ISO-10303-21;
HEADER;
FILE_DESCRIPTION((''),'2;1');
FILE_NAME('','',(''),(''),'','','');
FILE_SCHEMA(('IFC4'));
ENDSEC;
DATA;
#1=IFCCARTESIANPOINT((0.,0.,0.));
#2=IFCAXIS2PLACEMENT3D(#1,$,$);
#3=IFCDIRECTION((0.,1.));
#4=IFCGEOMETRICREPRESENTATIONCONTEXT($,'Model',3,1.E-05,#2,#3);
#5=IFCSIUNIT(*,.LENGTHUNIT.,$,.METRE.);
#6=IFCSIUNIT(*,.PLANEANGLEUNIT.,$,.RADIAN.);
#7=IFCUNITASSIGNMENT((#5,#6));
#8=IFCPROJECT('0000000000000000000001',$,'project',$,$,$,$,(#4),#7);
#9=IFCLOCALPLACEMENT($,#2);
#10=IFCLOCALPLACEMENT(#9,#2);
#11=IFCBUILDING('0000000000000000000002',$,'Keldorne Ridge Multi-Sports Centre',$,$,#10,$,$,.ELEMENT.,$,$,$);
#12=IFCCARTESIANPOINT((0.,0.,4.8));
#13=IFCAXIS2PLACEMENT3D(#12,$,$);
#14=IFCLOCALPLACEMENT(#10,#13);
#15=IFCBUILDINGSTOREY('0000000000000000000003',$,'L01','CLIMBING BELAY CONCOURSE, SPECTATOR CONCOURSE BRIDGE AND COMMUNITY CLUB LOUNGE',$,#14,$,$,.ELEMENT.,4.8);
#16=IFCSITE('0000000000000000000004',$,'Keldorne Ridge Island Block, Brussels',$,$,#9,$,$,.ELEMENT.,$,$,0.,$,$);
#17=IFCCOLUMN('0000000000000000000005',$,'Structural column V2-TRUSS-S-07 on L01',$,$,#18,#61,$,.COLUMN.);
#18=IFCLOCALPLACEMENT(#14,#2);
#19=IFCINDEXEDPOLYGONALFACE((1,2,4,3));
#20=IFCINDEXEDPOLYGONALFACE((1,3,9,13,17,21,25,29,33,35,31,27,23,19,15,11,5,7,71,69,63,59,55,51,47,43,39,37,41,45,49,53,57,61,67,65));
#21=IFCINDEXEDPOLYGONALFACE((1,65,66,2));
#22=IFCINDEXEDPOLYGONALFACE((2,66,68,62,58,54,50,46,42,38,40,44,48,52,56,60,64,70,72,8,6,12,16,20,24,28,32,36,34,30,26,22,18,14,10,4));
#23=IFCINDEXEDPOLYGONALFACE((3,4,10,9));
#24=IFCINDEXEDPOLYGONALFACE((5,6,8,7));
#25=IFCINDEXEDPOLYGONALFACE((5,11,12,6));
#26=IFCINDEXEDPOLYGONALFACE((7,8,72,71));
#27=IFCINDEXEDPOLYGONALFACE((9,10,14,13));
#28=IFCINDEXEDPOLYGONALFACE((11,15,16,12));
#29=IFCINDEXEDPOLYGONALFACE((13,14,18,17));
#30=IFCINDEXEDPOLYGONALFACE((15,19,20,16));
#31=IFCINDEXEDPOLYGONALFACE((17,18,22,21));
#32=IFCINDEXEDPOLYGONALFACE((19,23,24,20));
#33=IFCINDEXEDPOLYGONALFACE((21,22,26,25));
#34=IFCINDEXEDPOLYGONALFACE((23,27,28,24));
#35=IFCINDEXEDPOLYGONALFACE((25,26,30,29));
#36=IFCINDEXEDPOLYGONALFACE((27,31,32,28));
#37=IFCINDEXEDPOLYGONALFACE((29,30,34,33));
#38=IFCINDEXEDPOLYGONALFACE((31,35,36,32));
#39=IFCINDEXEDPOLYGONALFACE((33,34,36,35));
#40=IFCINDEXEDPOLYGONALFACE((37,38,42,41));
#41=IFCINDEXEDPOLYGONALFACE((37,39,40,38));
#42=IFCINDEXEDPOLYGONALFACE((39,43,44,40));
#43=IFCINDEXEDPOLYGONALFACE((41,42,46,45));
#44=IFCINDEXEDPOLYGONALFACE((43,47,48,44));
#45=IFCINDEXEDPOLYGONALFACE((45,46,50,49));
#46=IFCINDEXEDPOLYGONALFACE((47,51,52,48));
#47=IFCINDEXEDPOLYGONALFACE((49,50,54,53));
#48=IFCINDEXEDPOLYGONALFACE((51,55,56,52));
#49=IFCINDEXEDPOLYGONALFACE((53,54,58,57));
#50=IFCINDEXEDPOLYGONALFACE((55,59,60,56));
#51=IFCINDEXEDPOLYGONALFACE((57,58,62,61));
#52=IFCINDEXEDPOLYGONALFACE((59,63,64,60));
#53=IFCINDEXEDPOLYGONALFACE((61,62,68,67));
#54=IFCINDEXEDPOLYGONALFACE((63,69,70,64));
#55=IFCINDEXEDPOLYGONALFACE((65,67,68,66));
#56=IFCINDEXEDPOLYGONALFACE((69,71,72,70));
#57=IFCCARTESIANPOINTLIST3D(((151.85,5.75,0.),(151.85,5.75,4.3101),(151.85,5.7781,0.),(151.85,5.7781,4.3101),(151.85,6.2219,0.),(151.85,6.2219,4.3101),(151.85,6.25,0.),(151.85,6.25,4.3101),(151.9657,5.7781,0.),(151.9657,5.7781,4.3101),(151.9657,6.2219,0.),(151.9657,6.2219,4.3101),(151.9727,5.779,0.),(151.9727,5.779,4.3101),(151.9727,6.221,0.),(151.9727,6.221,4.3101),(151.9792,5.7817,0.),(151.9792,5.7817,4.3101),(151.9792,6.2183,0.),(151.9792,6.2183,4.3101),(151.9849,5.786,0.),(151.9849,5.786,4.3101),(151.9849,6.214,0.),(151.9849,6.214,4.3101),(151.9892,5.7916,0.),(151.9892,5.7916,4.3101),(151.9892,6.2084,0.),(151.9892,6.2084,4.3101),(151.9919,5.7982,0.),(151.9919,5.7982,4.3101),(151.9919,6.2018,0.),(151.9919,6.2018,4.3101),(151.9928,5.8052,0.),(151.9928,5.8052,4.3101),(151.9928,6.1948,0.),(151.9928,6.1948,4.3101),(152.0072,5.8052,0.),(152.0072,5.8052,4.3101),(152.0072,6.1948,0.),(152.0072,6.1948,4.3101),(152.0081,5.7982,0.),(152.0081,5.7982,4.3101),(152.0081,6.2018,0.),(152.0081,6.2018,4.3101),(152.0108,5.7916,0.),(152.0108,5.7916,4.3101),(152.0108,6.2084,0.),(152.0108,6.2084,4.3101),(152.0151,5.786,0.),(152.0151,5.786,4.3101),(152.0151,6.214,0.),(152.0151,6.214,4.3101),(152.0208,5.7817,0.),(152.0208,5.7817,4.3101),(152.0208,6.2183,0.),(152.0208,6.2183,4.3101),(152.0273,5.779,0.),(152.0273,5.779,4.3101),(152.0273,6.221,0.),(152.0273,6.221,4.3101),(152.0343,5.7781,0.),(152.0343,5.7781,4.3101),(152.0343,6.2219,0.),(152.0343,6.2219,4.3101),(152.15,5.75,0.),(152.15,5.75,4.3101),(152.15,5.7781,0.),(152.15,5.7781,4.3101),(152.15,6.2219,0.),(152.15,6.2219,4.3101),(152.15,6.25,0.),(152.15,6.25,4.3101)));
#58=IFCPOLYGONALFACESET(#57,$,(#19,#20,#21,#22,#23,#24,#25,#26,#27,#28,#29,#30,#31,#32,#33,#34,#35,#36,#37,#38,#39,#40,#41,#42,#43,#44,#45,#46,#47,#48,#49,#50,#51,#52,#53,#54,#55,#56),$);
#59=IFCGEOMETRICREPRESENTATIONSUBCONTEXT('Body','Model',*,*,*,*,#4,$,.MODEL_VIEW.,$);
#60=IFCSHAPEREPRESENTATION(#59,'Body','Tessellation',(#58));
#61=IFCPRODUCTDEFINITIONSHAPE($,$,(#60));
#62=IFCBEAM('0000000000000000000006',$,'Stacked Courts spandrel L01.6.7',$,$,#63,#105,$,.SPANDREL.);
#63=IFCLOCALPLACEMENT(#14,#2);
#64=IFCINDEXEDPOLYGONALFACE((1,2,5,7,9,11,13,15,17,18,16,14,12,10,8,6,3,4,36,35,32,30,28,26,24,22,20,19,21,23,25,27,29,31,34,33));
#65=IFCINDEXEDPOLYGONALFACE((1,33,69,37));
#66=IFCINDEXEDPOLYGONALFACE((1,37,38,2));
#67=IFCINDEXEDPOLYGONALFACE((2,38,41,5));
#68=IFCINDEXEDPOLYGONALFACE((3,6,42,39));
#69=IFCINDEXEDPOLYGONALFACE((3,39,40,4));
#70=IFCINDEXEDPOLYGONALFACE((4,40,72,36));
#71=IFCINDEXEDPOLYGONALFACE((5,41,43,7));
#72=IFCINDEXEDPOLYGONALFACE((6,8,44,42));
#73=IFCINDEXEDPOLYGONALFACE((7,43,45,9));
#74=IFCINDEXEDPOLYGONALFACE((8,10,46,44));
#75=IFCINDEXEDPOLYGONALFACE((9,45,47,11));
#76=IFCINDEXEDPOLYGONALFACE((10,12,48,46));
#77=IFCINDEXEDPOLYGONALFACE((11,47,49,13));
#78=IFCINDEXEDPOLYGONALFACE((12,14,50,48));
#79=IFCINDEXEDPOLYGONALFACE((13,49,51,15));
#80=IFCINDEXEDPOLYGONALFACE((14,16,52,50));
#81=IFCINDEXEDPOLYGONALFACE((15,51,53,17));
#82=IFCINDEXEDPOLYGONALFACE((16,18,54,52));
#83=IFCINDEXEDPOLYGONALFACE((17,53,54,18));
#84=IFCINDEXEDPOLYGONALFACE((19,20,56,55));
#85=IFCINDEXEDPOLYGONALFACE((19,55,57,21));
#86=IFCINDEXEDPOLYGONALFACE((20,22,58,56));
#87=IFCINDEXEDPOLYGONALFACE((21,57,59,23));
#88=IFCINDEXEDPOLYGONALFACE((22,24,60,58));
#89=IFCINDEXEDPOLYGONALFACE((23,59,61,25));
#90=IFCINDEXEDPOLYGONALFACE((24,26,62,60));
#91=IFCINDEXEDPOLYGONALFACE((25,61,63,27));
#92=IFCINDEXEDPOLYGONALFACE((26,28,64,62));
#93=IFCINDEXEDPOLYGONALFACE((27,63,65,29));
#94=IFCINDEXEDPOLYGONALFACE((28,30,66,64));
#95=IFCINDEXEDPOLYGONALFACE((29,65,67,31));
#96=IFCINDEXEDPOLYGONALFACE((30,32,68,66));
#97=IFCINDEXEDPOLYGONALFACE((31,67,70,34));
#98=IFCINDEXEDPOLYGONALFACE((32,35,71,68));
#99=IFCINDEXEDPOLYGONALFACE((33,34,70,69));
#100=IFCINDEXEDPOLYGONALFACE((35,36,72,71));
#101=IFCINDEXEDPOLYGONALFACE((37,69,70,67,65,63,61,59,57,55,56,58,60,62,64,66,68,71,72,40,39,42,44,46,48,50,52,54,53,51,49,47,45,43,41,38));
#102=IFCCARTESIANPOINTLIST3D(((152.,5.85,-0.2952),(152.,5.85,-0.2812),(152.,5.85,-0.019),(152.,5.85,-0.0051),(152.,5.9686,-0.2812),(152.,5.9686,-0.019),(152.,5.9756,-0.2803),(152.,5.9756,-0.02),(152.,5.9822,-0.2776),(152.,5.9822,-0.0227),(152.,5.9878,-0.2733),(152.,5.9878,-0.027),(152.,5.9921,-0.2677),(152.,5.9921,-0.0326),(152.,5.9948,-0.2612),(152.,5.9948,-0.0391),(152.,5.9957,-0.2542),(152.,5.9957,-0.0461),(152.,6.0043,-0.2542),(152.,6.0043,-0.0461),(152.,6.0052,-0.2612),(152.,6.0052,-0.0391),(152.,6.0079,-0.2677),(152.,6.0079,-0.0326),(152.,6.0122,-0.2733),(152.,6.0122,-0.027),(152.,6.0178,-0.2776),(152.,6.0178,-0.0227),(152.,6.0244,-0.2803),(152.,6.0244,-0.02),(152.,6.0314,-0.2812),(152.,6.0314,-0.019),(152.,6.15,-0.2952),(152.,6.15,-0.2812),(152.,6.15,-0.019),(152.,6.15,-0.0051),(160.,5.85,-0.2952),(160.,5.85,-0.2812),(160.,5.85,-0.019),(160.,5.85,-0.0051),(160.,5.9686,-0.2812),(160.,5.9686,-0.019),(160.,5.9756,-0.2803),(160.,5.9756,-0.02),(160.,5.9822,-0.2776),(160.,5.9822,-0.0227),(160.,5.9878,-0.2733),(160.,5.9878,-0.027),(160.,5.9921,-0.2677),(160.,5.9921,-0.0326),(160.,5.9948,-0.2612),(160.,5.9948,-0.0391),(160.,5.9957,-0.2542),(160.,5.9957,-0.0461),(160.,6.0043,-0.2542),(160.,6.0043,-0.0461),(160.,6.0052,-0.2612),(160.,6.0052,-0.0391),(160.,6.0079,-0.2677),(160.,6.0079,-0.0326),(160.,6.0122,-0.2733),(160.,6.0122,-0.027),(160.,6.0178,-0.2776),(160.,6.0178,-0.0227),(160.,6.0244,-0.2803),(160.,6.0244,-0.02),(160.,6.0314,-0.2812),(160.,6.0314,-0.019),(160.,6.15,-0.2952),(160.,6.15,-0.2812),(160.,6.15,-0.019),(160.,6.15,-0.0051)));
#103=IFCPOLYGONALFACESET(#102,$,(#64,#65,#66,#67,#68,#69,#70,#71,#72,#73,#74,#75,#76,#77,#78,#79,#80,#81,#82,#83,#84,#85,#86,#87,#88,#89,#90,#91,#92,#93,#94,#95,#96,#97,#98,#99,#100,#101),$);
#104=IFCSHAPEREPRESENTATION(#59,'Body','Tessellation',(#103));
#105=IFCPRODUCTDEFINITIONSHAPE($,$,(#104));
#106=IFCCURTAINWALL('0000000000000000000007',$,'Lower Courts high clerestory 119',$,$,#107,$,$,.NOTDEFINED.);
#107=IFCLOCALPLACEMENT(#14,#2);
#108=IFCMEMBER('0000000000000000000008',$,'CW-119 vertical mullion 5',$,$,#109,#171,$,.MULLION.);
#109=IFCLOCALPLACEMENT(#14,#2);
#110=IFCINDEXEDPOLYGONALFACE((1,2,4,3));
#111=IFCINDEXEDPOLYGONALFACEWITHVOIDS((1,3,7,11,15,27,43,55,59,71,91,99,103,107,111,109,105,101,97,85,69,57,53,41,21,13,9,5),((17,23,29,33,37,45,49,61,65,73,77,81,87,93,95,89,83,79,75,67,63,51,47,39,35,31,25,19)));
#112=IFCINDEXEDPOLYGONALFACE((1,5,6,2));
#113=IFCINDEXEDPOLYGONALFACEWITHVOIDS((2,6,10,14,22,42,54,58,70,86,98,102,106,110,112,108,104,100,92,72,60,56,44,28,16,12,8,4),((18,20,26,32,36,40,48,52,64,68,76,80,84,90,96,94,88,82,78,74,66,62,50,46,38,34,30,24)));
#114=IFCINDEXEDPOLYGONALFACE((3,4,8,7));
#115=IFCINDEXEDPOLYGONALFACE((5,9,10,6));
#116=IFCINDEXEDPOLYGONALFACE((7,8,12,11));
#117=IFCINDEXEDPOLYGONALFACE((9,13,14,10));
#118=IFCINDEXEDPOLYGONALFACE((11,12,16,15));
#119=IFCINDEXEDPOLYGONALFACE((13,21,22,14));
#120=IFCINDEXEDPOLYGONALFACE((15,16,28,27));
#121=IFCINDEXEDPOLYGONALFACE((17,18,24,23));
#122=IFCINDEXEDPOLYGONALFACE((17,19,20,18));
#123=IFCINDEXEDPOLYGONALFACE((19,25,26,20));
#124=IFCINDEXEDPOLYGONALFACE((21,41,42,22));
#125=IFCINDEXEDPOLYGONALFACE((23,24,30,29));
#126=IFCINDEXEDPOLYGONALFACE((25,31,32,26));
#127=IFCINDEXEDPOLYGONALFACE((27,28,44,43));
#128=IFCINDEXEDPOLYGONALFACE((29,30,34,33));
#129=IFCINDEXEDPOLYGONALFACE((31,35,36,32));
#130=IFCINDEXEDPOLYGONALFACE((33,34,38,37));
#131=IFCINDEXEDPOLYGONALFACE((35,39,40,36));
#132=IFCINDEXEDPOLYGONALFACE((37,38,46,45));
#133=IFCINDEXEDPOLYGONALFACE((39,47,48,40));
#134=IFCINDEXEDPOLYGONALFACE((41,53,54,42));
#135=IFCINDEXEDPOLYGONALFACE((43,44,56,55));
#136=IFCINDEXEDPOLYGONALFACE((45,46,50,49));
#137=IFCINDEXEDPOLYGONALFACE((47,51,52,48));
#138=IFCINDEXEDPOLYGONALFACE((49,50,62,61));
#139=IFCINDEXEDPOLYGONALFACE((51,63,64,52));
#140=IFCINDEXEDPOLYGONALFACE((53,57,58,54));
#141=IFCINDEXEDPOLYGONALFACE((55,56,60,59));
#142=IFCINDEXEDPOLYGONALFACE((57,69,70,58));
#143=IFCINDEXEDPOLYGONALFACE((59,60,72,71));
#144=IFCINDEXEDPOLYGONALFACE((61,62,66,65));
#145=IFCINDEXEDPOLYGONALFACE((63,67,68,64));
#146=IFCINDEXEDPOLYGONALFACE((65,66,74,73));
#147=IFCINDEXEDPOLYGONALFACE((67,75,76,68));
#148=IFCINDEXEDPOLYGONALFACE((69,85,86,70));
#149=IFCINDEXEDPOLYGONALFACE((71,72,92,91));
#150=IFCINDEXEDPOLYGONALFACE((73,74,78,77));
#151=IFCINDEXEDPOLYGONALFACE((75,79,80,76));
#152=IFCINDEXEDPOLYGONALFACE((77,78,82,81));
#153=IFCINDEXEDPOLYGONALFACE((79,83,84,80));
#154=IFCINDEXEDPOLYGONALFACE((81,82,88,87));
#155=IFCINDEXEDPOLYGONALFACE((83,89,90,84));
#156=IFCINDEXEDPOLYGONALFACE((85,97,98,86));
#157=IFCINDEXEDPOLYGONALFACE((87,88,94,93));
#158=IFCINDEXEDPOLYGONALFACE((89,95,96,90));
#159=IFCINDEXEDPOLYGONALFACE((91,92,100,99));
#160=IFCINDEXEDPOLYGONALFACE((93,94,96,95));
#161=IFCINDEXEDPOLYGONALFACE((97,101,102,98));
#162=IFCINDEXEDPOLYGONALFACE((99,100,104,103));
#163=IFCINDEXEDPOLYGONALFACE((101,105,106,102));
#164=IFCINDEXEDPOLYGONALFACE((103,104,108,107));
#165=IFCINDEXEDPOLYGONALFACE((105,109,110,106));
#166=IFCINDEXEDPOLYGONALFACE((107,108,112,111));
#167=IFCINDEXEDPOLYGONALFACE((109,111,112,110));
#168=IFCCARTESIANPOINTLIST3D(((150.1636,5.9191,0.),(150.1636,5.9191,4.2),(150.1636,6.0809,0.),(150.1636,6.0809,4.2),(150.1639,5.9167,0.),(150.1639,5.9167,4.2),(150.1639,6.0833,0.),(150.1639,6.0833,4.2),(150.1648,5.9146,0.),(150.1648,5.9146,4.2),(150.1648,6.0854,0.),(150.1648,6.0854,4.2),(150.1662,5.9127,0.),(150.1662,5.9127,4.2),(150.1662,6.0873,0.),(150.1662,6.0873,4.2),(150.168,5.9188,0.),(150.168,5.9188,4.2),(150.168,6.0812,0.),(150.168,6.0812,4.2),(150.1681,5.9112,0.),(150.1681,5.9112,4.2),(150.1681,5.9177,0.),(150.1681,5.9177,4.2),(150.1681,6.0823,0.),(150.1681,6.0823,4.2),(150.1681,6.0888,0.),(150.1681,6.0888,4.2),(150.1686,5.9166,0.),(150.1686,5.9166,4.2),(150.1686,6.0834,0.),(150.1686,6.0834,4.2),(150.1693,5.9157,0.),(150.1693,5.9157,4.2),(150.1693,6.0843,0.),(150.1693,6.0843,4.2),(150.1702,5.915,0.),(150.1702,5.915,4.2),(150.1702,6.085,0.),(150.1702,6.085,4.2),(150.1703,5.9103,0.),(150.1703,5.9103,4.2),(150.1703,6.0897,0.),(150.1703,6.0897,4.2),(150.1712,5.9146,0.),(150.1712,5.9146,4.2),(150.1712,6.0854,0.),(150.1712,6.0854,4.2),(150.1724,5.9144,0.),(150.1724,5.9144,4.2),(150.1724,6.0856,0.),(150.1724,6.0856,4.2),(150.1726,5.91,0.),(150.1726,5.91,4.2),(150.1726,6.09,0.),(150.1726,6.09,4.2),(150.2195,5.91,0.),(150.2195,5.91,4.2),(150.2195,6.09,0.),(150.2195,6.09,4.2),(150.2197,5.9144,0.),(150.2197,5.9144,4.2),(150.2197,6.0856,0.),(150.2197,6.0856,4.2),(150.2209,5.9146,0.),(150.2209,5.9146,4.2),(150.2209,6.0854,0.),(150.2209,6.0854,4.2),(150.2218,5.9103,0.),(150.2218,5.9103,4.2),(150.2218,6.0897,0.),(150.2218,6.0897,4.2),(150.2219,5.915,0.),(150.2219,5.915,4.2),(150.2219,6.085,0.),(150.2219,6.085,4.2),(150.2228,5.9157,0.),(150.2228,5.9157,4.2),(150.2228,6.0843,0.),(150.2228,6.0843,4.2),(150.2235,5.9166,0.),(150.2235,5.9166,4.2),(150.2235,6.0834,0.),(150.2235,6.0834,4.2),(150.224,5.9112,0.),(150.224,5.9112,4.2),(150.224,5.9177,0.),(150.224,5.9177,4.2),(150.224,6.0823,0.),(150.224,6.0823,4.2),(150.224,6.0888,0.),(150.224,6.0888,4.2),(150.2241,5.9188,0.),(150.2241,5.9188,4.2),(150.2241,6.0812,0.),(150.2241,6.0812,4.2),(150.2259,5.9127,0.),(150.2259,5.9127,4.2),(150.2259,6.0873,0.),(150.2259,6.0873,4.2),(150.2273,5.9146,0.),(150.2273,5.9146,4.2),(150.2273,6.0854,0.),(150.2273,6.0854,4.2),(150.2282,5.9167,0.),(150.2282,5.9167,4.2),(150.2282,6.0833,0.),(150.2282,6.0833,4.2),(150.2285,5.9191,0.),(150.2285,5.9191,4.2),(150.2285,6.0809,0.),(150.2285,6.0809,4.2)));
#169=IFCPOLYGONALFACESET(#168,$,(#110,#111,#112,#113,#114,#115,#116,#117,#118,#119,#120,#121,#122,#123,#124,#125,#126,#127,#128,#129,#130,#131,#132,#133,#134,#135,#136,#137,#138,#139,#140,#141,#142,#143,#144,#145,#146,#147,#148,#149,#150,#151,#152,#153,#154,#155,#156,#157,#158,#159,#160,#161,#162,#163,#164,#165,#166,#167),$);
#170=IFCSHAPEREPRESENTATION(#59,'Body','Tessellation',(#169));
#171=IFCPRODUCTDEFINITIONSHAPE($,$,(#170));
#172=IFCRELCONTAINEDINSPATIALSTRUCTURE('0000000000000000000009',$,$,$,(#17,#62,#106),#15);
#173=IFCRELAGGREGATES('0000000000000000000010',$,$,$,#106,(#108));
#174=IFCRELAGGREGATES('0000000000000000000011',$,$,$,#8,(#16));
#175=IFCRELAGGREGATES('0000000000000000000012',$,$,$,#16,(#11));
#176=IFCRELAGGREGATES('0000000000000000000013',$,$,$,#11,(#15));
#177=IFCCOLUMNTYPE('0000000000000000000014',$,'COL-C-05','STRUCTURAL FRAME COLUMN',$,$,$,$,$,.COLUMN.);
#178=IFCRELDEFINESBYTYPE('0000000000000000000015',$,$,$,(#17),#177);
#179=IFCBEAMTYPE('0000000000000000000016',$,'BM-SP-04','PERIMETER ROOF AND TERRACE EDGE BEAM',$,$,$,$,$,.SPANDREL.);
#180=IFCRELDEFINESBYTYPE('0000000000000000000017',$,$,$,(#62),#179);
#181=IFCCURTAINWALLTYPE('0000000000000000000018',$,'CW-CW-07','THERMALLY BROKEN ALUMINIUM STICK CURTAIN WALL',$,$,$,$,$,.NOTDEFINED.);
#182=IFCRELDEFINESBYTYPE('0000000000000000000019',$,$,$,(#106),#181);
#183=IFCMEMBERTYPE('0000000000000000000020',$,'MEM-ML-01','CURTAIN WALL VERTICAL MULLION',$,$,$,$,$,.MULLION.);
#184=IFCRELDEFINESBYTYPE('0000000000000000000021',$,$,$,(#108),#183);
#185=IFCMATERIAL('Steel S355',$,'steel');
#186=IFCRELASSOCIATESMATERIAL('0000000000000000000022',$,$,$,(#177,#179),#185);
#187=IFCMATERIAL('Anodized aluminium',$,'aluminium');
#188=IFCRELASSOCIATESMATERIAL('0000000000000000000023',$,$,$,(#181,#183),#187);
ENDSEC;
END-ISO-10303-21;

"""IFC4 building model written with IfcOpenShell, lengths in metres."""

from ifc_helpers import new_model, si_unit, direction, frame, origin, origin_2d, place, context, subcontext, project, spatial, hollow_rectangle, i_section, extrude, material, material_profile, profile_set, type_object, element, aggregate, save


model = new_model("IFC4")

# Units and contexts
model_context = context("Model", 3, precision=1e-05, world=origin(), true_north=direction((0.0, 1.0)))
body_context = subcontext(model_context, "Body", "Model", "MODEL_VIEW")
ifc_project = project(units=[si_unit("LENGTHUNIT", "METRE"), si_unit("PLANEANGLEUNIT", "RADIAN")], contexts=[model_context])

# Site, building, storey
site_placement = place(None, origin())
site = spatial("IfcSite", under=ifc_project, at=site_placement, Name="Keldorne Ridge Island Block, Brussels", CompositionType="ELEMENT", RefElevation=0.0)
building_placement = place(site_placement, origin())
building = spatial("IfcBuilding", under=site, at=building_placement, Name="Keldorne Ridge Multi-Sports Centre", CompositionType="ELEMENT")
storey_placement = place(building_placement, frame((0.0, 0.0, 4.8)))
storey = spatial("IfcBuildingStorey", under=building, at=storey_placement, Name="L01", Description="CLIMBING BELAY CONCOURSE, SPECTATOR CONCOURSE BRIDGE AND COMMUNITY CLUB LOUNGE", CompositionType="ELEMENT", Elevation=4.8)

# Column
ifc_material_1 = material(Name="Steel S355", Category="steel")
ifc_material_profile_1 = material_profile(ifc_material_1, i_section(OverallWidth=0.3, OverallDepth=0.5, WebThickness=0.0144, FlangeThickness=0.0281, FilletRadius=0.0271, at=origin_2d()), Name="HEB 500")
ifc_profile_set_1 = profile_set([ifc_material_profile_1], Name="Steel S355")
column_type = type_object("IfcColumnType", Name="COL-C-05", Description="STRUCTURAL FRAME COLUMN", PredefinedType="COLUMN", material=ifc_profile_set_1)
column_placement = place(storey_placement, frame((152.0, 6.0, 0.0), z_axis=(0.0, 0.0, 1.0), x_axis=(1.0, 0.0, 0.0)))
element("IfcColumn", 1, at=column_placement, inside=storey, type_object=column_type, Name="Structural column V2-TRUSS-S-07 on L01", PredefinedType="COLUMN", context=body_context, shape_type="SweptSolid", body=[
    extrude(i_section(OverallWidth=0.3, OverallDepth=0.5, WebThickness=0.0144, FlangeThickness=0.0281, FilletRadius=0.0271, at=origin_2d()), origin(), (0.0, 0.0, 1.0), 4.3101),
])

# Beam
ifc_material_profile_2 = material_profile(ifc_material_1, i_section(OverallWidth=0.3, OverallDepth=0.29, WebThickness=0.0085, FlangeThickness=0.0139, FilletRadius=0.0271, at=origin_2d()), Name="HEA 300")
ifc_profile_set_2 = profile_set([ifc_material_profile_2], Name="Steel S355")
beam_type = type_object("IfcBeamType", Name="BM-SP-04", Description="PERIMETER ROOF AND TERRACE EDGE BEAM", PredefinedType="SPANDREL", material=ifc_profile_set_2)
beam_placement = place(storey_placement, frame((152.0, 6.0, -0.1501), z_axis=(1.0, 0.0, 0.0), x_axis=(0.0, 1.0, 0.0)))
element("IfcBeam", 2, at=beam_placement, inside=storey, type_object=beam_type, Name="Stacked Courts spandrel L01.6.7", PredefinedType="SPANDREL", context=body_context, shape_type="SweptSolid", body=[
    extrude(i_section(OverallWidth=0.3, OverallDepth=0.29, WebThickness=0.0085, FlangeThickness=0.0139, FilletRadius=0.0271, at=origin_2d()), origin(), (0.0, 0.0, 1.0), 8.0),
])

# Curtain wall, member
ifc_material_2 = material(Name="Anodized aluminium", Category="aluminium")
curtain_wall_type = type_object("IfcCurtainWallType", Name="CW-CW-07", Description="THERMALLY BROKEN ALUMINIUM STICK CURTAIN WALL", PredefinedType="NOTDEFINED", material=ifc_material_2)
curtain_wall_placement = place(storey_placement, origin())
curtain_wall = element("IfcCurtainWall", 3, at=curtain_wall_placement, inside=storey, type_object=curtain_wall_type, Name="Lower Courts high clerestory 119", PredefinedType="NOTDEFINED")
ifc_material_profile_3 = material_profile(ifc_material_2, hollow_rectangle(XDim=0.0649, YDim=0.1799, WallThickness=0.0044, InnerFilletRadius=0.0044, OuterFilletRadius=0.009, at=origin_2d()), Name="ALU MULLION 180x65x4.5")
ifc_profile_set_3 = profile_set([ifc_material_profile_3], Name="Anodized aluminium")
member_type_1 = type_object("IfcMemberType", Name="MEM-ML-01", Description="CURTAIN WALL VERTICAL MULLION", PredefinedType="MULLION", material=ifc_profile_set_3)
member_1_placement = place(storey_placement, frame((150.196, 6.0, 0.0), z_axis=(0.0, 0.0, 1.0), x_axis=(1.0, 0.0, 0.0)))
member_1 = element("IfcMember", 4, at=member_1_placement, type_object=member_type_1, Name="CW-119 vertical mullion 5", PredefinedType="MULLION", context=body_context, shape_type="SweptSolid", body=[
    extrude(hollow_rectangle(XDim=0.0649, YDim=0.1799, WallThickness=0.0044, InnerFilletRadius=0.0044, OuterFilletRadius=0.009, at=origin_2d()), origin(), (0.0, 0.0, 1.0), 4.2),
])

aggregate(curtain_wall, [member_1])

save(model, "model.ifc")
